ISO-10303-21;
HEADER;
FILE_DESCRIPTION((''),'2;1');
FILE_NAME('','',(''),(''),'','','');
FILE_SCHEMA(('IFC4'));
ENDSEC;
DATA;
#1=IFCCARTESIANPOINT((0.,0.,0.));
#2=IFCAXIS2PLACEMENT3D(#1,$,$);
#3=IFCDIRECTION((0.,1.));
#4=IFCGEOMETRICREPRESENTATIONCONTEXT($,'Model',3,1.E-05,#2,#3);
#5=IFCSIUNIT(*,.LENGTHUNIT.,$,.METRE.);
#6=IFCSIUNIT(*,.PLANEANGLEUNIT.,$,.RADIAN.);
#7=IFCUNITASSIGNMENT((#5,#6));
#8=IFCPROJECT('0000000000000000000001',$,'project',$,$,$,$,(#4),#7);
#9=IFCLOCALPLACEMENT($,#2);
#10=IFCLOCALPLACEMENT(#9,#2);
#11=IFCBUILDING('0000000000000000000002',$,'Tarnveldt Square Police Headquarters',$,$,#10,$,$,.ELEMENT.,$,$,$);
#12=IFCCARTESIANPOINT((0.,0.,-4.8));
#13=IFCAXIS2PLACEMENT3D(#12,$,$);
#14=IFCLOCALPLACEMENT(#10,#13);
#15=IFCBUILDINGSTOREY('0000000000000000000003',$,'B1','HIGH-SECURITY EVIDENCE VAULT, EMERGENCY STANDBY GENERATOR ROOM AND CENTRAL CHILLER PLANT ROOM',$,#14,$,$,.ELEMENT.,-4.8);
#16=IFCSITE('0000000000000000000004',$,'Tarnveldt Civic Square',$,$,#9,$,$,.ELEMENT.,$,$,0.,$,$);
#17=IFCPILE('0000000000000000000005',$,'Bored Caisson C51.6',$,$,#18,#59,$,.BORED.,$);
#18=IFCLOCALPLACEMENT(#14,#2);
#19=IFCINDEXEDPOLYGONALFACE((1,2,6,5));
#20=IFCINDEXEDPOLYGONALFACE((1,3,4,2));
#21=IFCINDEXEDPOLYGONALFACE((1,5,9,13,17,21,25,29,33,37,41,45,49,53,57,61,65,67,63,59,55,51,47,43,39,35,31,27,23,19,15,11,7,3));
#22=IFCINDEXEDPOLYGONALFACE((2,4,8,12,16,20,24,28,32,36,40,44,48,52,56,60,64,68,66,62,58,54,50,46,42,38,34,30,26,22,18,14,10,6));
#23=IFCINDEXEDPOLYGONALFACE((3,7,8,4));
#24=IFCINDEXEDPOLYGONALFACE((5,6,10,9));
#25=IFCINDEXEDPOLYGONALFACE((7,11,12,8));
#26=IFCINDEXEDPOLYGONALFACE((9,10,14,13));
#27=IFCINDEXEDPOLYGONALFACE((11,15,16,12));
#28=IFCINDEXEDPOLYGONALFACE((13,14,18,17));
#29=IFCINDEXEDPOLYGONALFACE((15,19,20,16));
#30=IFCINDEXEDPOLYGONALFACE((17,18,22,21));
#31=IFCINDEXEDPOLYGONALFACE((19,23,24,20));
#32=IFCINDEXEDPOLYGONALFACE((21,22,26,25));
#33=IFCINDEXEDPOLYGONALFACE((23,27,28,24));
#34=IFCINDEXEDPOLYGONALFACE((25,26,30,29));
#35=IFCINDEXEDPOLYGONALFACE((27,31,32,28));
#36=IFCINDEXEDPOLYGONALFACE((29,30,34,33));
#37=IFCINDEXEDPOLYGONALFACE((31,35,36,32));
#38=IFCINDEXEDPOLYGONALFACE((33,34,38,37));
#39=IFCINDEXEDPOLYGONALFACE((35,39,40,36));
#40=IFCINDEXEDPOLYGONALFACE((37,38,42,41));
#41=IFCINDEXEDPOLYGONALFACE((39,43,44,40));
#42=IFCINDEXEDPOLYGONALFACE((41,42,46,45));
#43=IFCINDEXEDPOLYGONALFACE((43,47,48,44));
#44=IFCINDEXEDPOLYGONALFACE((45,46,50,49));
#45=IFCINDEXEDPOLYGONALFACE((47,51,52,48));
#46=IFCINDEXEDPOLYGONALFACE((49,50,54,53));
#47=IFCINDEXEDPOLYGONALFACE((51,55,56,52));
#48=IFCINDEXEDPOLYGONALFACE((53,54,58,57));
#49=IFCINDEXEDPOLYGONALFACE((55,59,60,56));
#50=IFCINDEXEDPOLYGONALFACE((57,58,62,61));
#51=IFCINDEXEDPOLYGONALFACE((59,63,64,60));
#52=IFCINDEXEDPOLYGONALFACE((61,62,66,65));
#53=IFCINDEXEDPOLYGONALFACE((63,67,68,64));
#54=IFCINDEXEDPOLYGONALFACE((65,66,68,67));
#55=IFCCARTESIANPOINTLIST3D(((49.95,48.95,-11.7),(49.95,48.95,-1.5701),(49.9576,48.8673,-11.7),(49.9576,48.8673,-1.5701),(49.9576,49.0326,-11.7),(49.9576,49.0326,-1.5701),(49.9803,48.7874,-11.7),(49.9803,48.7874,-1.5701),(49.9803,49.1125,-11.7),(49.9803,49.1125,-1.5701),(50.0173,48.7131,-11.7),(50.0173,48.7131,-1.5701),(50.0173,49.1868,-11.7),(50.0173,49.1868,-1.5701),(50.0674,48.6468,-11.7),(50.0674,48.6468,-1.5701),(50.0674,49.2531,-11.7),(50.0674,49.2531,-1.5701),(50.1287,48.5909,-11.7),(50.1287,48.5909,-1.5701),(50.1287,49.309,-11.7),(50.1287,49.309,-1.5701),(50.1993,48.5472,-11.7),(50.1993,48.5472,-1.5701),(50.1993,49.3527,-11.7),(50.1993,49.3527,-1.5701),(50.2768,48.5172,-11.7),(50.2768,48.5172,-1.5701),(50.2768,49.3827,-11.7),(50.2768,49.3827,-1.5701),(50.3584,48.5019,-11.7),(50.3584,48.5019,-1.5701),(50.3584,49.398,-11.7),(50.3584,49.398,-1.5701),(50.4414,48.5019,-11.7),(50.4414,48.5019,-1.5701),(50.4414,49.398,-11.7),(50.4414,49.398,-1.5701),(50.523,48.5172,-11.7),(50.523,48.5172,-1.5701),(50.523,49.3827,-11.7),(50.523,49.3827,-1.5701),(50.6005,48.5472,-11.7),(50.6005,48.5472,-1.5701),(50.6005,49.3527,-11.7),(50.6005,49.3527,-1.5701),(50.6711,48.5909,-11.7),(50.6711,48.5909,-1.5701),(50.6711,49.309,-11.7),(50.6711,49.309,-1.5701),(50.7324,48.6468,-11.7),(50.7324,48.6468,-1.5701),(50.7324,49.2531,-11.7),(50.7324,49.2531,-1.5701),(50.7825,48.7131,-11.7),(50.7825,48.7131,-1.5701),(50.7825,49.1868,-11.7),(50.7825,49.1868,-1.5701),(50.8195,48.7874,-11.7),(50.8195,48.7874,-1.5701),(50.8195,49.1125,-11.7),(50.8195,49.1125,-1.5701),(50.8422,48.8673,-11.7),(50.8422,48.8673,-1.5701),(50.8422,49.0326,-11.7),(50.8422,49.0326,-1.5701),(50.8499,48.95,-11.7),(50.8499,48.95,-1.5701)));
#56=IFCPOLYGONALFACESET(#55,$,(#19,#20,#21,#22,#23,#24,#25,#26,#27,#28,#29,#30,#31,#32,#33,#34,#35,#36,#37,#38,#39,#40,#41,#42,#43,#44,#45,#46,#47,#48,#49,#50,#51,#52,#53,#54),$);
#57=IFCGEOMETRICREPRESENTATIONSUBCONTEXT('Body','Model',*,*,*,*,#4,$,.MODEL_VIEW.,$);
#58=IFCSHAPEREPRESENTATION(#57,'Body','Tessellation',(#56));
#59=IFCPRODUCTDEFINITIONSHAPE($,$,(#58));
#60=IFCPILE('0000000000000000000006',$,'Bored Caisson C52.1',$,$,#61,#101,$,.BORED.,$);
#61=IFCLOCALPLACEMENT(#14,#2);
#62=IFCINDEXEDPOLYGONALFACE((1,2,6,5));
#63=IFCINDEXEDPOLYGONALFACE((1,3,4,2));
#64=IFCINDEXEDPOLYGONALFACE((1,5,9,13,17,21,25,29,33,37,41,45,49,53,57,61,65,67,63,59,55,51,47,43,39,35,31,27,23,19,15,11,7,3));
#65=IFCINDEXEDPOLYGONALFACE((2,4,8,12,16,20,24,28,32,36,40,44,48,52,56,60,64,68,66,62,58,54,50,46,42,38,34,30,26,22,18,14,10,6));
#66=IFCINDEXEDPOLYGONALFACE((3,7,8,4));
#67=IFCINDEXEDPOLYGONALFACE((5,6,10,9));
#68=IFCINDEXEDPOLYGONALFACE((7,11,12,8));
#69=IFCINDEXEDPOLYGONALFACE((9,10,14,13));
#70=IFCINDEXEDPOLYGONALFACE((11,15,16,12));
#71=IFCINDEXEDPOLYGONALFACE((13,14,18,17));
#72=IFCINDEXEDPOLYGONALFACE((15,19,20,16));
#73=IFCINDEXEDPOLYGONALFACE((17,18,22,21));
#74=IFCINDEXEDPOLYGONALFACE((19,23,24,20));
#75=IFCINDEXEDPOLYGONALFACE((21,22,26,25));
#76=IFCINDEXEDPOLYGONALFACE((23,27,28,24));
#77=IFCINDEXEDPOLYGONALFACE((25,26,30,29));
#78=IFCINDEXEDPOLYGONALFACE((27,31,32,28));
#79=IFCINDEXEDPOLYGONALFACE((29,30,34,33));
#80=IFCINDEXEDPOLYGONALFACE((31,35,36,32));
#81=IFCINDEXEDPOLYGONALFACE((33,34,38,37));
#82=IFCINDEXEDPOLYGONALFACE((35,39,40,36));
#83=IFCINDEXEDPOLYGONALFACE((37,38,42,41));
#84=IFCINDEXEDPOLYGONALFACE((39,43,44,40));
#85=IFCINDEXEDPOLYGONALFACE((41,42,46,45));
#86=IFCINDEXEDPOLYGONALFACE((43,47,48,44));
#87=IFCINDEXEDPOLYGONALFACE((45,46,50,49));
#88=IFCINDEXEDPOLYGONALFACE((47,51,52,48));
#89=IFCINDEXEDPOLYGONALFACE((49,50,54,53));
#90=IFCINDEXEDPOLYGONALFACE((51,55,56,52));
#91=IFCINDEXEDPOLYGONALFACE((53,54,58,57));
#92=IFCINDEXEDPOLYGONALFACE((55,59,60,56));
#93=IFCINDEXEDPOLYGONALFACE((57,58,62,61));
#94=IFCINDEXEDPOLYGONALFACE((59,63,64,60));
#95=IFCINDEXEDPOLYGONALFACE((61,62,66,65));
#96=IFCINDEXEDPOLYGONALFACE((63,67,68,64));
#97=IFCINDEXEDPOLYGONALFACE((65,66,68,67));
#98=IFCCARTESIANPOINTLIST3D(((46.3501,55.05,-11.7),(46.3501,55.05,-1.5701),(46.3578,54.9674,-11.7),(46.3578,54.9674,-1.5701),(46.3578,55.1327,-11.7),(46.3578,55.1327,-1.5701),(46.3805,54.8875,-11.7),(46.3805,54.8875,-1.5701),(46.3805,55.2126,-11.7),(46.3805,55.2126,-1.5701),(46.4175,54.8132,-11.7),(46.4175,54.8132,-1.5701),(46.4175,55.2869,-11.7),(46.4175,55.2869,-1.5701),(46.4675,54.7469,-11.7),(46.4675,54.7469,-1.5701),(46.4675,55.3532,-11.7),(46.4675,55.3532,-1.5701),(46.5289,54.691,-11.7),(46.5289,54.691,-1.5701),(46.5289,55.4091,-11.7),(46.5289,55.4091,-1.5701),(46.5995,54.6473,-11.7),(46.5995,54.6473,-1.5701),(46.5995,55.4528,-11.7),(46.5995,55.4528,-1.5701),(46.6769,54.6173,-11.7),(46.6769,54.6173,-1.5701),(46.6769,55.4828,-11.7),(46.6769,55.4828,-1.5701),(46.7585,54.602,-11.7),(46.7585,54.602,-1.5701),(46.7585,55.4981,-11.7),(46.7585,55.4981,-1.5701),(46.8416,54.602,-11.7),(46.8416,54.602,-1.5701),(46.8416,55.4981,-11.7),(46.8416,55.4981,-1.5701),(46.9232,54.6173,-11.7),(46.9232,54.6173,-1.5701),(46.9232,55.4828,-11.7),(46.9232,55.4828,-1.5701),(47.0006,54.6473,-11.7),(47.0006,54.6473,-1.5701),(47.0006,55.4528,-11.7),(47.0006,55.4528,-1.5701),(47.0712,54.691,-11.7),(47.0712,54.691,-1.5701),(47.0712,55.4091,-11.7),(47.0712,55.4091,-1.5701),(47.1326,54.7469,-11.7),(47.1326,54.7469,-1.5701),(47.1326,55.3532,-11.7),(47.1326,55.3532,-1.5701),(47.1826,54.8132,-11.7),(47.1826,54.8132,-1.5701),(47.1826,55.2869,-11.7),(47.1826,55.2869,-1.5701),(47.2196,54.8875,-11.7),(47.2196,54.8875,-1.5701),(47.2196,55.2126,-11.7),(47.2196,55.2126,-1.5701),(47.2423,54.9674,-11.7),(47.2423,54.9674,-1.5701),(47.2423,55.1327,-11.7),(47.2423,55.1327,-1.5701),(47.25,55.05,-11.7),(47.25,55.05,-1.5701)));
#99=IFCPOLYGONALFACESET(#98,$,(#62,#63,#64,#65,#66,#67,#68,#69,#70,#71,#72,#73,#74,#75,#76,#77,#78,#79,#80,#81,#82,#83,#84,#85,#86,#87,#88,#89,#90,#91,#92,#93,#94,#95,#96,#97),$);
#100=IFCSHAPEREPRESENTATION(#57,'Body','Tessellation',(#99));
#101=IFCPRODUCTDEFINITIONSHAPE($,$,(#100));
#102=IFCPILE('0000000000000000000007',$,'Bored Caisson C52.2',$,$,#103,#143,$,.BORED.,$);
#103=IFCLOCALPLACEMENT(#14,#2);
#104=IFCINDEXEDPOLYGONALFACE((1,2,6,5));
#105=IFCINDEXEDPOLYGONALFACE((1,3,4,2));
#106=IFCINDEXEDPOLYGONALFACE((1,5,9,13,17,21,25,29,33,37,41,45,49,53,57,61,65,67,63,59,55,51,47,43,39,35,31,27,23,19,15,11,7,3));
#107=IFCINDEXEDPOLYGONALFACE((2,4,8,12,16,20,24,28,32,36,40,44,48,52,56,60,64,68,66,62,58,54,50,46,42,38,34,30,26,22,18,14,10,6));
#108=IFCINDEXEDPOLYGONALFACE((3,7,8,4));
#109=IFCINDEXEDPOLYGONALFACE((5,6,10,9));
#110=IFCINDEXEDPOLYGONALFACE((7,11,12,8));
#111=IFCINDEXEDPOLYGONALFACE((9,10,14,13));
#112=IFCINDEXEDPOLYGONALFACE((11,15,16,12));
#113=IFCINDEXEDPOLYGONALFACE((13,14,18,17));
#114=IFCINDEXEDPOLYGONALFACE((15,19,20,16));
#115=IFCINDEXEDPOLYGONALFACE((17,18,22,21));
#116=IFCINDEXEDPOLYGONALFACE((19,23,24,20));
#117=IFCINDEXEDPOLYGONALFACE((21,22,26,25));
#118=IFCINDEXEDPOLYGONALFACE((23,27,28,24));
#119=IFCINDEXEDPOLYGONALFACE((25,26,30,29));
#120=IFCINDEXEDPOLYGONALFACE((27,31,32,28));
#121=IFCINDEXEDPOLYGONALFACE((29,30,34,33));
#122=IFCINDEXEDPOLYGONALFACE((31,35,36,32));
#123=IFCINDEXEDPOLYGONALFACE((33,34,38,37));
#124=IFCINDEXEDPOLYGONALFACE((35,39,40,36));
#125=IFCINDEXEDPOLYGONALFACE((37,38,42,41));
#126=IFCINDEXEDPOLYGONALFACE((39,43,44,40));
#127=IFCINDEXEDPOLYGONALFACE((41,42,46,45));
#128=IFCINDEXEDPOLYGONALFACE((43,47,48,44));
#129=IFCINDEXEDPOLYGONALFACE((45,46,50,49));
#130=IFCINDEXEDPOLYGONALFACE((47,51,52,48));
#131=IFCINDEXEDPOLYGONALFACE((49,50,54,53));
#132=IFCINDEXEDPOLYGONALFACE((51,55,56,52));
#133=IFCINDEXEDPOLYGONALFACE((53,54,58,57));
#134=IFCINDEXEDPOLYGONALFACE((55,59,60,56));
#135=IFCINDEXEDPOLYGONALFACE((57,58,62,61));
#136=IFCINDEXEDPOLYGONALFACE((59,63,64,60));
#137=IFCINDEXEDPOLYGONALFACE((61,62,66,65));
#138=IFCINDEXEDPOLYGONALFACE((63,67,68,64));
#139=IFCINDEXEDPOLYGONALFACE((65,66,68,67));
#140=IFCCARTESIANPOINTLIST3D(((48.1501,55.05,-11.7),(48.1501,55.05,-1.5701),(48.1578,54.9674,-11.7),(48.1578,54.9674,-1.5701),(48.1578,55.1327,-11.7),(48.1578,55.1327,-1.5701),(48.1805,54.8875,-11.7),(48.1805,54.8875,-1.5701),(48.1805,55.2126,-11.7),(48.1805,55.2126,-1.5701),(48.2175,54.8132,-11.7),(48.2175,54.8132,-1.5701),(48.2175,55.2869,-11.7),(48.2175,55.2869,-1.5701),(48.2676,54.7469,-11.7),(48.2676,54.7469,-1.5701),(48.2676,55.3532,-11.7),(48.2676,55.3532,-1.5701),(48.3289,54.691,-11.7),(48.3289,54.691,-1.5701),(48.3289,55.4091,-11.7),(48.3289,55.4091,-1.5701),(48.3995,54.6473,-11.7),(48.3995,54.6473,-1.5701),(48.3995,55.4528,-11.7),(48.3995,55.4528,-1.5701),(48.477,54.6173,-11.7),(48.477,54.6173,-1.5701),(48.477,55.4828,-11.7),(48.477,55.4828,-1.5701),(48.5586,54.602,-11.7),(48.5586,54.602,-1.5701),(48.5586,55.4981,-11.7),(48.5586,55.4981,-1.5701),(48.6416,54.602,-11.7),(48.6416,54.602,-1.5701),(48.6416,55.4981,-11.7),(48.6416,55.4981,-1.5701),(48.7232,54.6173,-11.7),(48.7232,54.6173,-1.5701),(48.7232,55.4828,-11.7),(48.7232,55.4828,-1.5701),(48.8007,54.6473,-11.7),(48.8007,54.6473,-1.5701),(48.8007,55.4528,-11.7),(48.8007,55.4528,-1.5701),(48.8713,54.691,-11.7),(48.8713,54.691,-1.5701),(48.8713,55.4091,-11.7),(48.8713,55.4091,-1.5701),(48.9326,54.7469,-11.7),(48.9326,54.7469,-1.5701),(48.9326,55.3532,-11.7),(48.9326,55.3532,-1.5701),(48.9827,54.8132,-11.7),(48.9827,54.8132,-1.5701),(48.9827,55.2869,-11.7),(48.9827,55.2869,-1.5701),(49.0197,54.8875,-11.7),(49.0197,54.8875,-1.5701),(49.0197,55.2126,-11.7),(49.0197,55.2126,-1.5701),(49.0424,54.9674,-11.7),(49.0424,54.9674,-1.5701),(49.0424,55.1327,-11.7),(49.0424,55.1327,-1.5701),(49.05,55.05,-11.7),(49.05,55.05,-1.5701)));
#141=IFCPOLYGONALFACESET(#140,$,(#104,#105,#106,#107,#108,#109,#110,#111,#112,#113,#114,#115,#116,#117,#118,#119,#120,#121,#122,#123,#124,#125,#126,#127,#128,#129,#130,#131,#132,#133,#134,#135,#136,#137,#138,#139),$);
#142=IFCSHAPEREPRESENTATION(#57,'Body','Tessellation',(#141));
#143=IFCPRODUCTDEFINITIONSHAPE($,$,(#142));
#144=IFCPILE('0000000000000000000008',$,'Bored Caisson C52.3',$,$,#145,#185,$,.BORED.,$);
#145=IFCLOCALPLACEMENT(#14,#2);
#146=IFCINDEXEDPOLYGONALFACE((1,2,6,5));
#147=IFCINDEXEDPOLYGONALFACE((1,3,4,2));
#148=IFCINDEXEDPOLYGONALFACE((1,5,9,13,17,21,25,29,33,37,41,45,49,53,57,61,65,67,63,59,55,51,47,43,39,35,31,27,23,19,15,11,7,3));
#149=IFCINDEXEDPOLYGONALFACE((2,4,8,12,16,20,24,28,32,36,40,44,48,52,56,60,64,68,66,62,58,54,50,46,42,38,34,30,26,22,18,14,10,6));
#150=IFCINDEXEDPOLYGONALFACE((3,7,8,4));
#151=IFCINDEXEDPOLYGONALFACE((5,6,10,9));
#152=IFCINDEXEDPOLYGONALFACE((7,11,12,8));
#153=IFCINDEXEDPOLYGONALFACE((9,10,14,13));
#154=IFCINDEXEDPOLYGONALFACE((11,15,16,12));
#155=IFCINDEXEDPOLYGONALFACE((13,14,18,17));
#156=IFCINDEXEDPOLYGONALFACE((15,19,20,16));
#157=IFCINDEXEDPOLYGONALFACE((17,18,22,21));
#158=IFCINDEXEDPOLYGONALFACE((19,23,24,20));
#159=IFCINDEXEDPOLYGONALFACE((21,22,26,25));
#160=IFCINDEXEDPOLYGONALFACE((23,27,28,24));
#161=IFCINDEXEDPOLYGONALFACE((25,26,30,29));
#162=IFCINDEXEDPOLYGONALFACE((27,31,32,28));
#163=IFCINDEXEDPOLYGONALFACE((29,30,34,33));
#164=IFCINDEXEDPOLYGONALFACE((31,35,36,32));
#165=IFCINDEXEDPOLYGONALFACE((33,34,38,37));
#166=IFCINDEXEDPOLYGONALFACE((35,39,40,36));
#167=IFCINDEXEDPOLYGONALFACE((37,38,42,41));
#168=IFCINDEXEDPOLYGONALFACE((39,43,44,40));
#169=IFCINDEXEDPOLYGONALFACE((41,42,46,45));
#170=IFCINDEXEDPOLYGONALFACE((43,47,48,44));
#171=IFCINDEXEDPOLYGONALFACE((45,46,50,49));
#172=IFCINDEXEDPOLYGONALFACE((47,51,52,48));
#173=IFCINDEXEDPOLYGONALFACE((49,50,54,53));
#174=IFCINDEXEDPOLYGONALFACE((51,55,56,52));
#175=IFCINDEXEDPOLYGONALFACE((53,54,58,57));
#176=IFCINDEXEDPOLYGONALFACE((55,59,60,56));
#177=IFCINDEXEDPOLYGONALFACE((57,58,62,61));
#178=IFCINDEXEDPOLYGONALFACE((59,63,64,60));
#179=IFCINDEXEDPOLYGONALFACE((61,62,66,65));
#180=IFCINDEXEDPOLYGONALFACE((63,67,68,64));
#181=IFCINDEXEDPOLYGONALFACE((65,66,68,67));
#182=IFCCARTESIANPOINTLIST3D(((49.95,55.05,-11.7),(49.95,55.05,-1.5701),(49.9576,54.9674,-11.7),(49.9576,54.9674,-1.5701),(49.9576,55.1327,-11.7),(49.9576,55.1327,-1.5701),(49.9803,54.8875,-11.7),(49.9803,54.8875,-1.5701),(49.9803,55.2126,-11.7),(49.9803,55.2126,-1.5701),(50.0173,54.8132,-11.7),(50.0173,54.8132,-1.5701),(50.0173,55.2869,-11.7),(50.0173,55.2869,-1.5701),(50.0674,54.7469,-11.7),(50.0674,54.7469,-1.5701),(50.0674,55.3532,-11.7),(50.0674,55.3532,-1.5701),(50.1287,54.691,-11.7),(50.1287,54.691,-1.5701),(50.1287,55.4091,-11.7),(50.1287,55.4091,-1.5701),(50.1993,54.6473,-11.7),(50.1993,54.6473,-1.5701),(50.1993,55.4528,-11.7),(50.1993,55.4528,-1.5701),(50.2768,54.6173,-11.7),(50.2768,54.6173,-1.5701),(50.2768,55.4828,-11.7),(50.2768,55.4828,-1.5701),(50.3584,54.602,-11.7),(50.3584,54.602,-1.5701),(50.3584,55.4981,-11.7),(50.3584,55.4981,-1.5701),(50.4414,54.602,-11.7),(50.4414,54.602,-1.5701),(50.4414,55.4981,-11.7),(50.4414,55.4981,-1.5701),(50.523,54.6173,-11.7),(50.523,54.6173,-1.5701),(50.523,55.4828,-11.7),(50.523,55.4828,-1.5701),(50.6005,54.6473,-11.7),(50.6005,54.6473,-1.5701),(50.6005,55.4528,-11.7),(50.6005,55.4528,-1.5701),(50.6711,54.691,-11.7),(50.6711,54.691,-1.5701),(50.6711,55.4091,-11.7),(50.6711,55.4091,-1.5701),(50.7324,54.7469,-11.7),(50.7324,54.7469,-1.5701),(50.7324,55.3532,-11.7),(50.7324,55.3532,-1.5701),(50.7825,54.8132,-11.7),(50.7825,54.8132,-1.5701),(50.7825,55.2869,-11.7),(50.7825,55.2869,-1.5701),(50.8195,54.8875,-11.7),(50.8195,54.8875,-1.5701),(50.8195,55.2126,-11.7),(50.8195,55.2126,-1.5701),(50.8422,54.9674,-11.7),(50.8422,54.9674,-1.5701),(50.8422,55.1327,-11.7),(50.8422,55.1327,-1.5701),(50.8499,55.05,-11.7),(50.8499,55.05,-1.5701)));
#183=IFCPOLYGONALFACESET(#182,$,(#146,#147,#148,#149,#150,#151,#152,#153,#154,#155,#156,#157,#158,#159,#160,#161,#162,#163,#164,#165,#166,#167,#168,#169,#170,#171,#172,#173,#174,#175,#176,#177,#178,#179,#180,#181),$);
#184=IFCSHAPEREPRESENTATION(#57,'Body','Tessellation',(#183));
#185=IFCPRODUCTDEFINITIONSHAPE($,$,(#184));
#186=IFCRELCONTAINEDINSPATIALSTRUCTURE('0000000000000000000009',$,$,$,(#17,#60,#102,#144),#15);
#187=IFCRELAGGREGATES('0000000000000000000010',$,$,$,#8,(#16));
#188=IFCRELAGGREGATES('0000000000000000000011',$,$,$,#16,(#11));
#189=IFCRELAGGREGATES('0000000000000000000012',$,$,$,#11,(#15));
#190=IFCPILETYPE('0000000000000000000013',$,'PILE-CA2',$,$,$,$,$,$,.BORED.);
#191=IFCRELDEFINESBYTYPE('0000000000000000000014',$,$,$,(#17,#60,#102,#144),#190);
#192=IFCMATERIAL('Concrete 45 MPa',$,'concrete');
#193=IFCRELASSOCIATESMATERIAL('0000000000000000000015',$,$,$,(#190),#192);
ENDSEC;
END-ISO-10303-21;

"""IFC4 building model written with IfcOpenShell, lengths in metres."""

from ifc_helpers import new_model, si_unit, direction, frame, origin, origin_2d, place, context, subcontext, project, spatial, circle, extrude, material, material_profile, profile_set, type_object, element, save


model = new_model("IFC4")

# Units and contexts
model_context = context("Model", 3, precision=1e-05, world=origin(), true_north=direction((0.0, 1.0)))
body_context = subcontext(model_context, "Body", "Model", "MODEL_VIEW")
ifc_project = project(units=[si_unit("LENGTHUNIT", "METRE"), si_unit("PLANEANGLEUNIT", "RADIAN")], contexts=[model_context])

# Site, building, storey
site_placement = place(None, origin())
site = spatial("IfcSite", under=ifc_project, at=site_placement, Name="Tarnveldt Civic Square", CompositionType="ELEMENT", RefElevation=0.0)
building_placement = place(site_placement, origin())
building = spatial("IfcBuilding", under=site, at=building_placement, Name="Tarnveldt Square Police Headquarters", CompositionType="ELEMENT")
storey_placement = place(building_placement, frame((0.0, 0.0, -4.8)))
storey = spatial("IfcBuildingStorey", under=building, at=storey_placement, Name="B1", Description="HIGH-SECURITY EVIDENCE VAULT, EMERGENCY STANDBY GENERATOR ROOM AND CENTRAL CHILLER PLANT ROOM", CompositionType="ELEMENT", Elevation=-4.8)

# Shared definitions
ifc_material_1 = material(Name="Concrete 45 MPa", Category="concrete")

# Piles
ifc_material_profile_1 = material_profile(ifc_material_1, circle(Radius=0.45, at=origin_2d()), Name="CAISSON-D900")
ifc_profile_set_1 = profile_set([ifc_material_profile_1], Name="Concrete 45 MPa")
pile_type_1 = type_object("IfcPileType", Name="PILE-CA2", PredefinedType="BORED", material=ifc_profile_set_1)
for number, where, z_axis, x_axis, name in (
    (1, (50.3999, 48.95, -1.5701), (0.0, 0.0, -1.0), (1.0, 0.0, 0.0), "Bored Caisson C51.6"),
    (2, (46.8, 55.05, -1.5701), (0.0, 0.0, -1.0), (1.0, 0.0, 0.0), "Bored Caisson C52.1"),
    (3, (48.6001, 55.05, -1.5701), (0.0, 0.0, -1.0), (1.0, 0.0, 0.0), "Bored Caisson C52.2"),
    (4, (50.3999, 55.05, -1.5701), (0.0, 0.0, -1.0), (1.0, 0.0, 0.0), "Bored Caisson C52.3"),
):
    element("IfcPile", number, at=place(storey_placement, frame(where, z_axis=z_axis, x_axis=x_axis)), inside=storey, type_object=pile_type_1, Name=name, PredefinedType="BORED", context=body_context, shape_type="SweptSolid", body=[
        extrude(circle(Radius=0.45, at=origin_2d()), origin(), (0.0, 0.0, 1.0), 10.1299),
    ])

save(model, "model.ifc")
